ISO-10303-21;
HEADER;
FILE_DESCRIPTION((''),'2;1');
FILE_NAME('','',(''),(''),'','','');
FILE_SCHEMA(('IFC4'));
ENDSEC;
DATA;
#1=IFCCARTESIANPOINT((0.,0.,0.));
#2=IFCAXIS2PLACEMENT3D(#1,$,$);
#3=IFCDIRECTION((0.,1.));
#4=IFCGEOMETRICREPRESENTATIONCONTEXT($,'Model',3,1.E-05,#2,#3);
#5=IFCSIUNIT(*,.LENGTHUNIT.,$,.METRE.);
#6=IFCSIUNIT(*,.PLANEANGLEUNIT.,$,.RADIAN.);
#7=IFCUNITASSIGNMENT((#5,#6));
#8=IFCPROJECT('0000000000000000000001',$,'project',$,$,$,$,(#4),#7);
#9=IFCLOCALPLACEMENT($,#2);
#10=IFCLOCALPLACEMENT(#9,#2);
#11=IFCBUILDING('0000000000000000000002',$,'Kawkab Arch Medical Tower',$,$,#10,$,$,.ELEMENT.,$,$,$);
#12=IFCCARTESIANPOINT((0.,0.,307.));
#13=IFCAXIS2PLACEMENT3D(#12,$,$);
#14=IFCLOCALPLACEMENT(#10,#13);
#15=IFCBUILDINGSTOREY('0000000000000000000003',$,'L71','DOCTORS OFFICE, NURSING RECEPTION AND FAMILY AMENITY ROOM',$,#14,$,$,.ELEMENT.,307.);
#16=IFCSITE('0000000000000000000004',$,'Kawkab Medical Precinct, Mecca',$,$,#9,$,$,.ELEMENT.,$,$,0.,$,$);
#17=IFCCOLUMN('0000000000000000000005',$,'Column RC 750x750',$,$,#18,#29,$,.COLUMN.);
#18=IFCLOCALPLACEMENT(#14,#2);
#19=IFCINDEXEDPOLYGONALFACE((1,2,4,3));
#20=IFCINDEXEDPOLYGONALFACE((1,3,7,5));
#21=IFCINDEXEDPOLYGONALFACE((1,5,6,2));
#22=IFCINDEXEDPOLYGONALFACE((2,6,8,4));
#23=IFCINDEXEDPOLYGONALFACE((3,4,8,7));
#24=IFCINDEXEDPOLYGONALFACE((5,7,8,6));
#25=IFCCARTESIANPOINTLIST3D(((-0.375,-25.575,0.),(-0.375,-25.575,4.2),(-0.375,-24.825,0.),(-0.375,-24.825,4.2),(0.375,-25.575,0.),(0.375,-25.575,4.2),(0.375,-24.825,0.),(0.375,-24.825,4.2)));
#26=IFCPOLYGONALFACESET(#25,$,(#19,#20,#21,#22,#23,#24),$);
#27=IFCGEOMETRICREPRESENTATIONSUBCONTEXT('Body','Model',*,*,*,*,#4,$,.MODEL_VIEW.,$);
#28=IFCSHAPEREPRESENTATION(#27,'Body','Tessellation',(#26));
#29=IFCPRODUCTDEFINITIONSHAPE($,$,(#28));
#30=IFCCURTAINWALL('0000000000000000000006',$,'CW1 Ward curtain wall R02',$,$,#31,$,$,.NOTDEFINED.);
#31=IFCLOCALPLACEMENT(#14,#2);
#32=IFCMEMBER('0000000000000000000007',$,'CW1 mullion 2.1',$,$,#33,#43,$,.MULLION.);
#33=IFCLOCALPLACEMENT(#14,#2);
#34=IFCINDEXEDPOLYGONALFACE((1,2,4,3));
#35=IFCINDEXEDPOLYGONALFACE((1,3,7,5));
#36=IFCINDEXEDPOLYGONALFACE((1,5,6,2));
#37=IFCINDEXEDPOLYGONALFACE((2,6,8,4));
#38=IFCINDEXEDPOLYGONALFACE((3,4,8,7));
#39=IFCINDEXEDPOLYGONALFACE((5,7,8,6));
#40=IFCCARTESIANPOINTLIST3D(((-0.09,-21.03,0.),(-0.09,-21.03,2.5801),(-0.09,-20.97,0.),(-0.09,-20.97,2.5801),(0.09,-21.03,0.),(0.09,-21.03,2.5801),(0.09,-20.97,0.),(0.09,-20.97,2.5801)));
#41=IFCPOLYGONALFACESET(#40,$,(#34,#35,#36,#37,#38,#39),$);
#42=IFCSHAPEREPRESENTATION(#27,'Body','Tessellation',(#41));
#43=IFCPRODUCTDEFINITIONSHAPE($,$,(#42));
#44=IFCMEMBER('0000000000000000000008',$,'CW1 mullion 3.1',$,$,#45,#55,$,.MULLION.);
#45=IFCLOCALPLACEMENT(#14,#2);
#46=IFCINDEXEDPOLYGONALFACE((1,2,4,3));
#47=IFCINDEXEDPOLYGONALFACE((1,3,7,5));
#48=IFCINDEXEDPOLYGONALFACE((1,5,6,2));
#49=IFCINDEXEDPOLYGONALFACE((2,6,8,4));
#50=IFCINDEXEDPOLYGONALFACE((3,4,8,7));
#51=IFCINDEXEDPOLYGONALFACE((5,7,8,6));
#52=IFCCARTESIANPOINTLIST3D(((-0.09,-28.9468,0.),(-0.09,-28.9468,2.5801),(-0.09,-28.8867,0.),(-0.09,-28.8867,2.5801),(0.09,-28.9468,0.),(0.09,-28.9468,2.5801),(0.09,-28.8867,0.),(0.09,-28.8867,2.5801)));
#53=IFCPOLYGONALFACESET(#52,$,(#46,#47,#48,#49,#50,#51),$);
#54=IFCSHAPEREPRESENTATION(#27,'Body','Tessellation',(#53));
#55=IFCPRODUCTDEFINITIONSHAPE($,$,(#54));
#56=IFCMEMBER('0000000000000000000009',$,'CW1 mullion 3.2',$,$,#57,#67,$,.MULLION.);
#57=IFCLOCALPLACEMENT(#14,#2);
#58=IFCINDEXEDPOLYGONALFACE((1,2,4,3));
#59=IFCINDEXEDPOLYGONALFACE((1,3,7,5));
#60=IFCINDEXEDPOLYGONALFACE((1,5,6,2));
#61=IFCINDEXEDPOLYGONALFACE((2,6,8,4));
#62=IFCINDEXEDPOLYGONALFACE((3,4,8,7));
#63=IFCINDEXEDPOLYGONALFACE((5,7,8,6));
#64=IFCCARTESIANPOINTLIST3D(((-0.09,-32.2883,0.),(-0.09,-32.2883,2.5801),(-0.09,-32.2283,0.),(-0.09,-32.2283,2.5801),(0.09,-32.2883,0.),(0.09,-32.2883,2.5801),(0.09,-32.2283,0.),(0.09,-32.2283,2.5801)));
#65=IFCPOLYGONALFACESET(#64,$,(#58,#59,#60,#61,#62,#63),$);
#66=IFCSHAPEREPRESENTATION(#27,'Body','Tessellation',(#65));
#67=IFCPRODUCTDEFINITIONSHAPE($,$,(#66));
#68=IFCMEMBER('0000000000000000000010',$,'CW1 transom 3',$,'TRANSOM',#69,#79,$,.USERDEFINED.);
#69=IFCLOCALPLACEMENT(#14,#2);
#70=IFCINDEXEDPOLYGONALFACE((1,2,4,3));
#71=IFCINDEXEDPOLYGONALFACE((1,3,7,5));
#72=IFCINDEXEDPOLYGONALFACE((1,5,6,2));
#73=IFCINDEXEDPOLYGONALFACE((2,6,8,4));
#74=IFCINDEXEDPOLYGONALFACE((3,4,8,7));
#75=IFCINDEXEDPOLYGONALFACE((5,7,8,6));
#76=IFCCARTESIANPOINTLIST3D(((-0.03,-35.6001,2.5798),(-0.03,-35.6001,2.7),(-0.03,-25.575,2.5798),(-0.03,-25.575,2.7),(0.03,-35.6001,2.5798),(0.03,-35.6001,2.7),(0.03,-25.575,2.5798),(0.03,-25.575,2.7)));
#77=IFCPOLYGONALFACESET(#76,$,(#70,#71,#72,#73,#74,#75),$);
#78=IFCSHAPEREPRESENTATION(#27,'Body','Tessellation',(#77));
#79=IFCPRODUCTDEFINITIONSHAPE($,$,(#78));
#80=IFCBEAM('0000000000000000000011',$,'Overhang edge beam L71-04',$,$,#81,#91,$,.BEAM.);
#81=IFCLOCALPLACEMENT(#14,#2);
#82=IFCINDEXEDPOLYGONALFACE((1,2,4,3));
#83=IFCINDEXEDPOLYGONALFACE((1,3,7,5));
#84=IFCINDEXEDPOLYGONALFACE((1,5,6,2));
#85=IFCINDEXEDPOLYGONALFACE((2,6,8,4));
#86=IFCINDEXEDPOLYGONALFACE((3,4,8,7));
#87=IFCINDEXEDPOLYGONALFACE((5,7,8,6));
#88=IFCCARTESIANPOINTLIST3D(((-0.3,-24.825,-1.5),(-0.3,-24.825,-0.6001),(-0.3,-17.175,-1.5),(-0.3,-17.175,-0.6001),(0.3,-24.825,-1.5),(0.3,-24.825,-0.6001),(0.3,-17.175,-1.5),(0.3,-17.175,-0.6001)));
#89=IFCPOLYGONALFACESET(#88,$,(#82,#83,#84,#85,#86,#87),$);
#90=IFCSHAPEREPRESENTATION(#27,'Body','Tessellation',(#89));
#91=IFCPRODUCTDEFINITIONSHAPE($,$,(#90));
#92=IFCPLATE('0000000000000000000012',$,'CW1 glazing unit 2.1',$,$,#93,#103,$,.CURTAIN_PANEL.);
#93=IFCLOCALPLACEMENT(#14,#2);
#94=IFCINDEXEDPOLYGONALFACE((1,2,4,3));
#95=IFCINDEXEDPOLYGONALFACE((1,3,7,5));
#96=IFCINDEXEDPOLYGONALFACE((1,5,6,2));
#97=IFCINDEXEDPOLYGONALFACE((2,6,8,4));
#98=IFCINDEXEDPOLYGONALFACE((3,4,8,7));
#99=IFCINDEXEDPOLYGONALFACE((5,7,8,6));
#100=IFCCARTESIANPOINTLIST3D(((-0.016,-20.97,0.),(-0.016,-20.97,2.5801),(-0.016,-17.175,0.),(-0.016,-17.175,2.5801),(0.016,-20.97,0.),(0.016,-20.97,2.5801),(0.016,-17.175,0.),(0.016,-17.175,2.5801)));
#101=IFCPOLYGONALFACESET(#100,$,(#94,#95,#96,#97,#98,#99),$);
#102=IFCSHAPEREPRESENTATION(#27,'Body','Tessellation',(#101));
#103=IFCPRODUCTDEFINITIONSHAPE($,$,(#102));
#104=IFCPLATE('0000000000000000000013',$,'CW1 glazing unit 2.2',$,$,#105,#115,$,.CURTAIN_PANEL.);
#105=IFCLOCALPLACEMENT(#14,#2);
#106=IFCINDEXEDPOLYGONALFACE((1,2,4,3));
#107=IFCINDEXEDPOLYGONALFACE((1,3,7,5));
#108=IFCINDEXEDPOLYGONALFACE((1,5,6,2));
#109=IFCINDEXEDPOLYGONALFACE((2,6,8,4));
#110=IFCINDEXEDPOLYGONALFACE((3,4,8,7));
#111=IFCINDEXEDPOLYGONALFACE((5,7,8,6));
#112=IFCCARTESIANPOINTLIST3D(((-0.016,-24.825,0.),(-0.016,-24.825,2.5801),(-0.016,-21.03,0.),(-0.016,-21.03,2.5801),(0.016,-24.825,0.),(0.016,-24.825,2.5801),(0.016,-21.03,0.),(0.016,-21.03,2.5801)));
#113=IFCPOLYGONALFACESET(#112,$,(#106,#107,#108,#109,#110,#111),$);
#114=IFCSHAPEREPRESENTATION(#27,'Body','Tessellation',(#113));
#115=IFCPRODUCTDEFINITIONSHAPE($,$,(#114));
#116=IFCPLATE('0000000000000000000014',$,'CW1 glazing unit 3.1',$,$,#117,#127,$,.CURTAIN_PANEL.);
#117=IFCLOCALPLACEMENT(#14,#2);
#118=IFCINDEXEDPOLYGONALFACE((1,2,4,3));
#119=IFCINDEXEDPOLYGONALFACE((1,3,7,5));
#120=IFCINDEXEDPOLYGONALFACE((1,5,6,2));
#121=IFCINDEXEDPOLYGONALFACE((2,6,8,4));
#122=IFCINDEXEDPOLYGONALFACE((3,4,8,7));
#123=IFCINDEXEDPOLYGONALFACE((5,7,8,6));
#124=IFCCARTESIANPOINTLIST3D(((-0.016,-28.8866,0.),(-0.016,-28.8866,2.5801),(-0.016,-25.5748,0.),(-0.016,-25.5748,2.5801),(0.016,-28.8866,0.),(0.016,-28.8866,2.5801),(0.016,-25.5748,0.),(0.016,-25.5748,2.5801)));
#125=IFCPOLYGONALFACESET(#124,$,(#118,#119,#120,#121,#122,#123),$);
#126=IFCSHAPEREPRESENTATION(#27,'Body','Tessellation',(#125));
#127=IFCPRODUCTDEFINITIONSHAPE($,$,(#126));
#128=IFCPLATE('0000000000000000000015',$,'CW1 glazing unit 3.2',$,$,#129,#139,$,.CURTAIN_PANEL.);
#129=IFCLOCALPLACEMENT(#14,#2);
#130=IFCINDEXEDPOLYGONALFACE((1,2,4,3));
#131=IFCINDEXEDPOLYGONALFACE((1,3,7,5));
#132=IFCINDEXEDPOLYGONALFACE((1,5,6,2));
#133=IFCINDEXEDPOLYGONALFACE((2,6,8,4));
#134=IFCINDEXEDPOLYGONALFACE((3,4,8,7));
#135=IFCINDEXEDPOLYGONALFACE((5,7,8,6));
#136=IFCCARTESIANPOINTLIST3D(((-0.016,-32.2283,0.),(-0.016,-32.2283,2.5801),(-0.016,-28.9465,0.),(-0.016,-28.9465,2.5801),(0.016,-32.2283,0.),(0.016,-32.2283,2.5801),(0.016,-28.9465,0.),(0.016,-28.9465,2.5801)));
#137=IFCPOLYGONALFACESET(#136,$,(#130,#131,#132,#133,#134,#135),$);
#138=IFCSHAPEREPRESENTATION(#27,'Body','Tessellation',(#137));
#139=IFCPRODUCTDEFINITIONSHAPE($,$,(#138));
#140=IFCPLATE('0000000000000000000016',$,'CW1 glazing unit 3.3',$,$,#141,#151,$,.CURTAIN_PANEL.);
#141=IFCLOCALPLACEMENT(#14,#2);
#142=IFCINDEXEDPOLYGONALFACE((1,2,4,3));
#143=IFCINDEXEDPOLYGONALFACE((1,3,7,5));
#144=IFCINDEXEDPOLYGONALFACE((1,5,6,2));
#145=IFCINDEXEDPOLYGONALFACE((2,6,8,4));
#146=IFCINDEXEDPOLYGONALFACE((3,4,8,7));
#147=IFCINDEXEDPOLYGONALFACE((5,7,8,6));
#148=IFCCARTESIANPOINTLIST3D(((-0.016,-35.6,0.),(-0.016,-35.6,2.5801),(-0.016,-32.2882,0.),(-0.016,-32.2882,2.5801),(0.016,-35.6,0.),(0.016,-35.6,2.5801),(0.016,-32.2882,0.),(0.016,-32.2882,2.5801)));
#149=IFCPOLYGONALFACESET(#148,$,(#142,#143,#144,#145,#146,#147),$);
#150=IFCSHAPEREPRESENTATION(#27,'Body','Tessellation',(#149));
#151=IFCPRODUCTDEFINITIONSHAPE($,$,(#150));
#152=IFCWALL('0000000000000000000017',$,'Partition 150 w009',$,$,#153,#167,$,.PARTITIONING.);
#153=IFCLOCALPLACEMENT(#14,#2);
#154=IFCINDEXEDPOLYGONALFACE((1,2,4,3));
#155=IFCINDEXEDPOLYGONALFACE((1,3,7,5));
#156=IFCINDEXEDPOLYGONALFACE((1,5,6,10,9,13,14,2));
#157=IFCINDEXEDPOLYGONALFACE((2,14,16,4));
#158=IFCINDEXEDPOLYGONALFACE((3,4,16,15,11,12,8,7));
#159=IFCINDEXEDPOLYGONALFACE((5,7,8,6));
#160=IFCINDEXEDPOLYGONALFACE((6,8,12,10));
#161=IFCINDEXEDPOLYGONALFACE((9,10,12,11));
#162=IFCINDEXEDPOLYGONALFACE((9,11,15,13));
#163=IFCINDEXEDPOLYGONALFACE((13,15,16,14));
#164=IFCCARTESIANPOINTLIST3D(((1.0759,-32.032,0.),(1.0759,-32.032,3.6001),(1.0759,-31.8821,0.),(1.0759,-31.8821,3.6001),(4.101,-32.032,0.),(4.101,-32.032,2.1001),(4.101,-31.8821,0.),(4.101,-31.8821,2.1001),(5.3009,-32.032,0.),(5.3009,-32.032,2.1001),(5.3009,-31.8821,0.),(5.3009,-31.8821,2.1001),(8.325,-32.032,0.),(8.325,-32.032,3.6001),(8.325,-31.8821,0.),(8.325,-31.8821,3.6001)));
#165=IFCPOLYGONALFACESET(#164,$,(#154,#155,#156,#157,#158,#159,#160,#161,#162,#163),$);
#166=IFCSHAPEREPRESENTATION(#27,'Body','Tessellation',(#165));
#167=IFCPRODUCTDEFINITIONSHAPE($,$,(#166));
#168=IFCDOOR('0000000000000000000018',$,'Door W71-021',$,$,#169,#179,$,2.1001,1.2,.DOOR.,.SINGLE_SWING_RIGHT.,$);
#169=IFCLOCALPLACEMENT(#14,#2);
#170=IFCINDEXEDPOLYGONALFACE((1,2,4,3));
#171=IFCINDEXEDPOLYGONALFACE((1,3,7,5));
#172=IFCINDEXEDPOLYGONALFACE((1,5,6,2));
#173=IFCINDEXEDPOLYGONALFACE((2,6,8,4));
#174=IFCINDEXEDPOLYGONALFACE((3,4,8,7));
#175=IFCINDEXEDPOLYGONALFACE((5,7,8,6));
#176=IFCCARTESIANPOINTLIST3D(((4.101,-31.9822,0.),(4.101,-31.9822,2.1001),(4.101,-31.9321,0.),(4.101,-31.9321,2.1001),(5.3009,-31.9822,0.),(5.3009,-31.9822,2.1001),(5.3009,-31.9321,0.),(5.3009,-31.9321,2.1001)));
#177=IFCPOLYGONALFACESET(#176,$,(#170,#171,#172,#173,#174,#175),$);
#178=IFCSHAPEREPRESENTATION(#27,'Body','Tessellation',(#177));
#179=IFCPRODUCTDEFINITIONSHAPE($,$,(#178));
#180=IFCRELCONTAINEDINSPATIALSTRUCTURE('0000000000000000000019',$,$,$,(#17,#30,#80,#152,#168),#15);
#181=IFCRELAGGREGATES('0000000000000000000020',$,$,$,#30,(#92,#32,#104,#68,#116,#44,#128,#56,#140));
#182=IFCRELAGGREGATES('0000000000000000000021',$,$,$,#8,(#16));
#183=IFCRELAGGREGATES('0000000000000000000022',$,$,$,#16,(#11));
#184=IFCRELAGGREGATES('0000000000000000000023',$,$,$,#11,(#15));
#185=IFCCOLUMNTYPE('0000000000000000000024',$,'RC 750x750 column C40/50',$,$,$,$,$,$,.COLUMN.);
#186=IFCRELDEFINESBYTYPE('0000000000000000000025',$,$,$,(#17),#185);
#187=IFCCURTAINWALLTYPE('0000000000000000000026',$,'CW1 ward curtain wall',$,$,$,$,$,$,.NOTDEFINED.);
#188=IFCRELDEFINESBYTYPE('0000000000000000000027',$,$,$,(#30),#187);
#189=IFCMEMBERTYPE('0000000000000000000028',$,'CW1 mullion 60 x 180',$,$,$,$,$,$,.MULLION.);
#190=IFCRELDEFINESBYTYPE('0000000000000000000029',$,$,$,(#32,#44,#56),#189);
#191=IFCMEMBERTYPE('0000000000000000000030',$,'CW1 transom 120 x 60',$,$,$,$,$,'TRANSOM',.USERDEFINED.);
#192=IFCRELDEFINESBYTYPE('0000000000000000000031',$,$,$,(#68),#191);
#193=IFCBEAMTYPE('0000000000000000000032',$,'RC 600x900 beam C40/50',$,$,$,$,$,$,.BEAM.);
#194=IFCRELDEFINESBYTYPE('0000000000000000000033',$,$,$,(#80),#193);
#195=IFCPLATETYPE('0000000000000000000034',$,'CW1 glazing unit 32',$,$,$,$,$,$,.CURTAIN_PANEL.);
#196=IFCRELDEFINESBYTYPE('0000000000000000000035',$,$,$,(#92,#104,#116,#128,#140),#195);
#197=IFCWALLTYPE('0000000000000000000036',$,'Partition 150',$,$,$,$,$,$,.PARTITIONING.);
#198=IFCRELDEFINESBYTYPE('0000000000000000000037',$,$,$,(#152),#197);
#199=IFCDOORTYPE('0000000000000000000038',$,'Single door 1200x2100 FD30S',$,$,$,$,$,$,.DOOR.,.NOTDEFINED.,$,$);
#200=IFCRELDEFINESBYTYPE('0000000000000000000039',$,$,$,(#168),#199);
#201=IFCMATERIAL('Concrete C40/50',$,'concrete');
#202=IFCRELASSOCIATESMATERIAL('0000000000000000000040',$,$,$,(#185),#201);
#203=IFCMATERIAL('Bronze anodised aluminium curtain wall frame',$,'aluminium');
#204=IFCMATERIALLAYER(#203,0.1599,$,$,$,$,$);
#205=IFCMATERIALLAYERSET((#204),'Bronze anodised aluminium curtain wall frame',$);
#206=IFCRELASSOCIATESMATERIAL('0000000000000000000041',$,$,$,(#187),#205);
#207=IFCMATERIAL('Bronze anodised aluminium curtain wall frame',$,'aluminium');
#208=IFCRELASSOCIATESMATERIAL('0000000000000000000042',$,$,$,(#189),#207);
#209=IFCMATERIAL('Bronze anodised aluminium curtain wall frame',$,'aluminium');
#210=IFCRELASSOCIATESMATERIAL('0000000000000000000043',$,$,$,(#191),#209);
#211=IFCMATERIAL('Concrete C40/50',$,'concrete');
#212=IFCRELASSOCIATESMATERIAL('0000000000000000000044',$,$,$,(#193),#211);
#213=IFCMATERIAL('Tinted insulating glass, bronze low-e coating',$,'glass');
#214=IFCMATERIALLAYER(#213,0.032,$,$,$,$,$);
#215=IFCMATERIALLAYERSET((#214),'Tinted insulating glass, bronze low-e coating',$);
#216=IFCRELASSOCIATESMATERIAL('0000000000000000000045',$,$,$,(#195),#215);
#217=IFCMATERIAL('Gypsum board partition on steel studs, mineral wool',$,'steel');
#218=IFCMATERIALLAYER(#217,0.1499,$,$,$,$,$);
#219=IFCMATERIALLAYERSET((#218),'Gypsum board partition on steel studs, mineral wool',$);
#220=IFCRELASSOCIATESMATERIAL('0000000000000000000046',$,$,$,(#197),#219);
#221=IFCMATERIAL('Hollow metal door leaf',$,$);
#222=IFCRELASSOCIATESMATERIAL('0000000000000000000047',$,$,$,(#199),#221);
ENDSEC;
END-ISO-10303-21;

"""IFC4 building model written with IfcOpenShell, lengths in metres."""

from ifc_helpers import new_model, si_unit, direction, frame, frame_2d, origin, origin_2d, place, context, subcontext, project, spatial, rectangle, extrude, material, layer, layer_set, material_profile, profile_set, type_object, element, fill, aggregate, save


model = new_model("IFC4")

# Units and contexts
model_context = context("Model", 3, precision=1e-05, world=origin(), true_north=direction((0.0, 1.0)))
body_context = subcontext(model_context, "Body", "Model", "MODEL_VIEW")
ifc_project = project(units=[si_unit("LENGTHUNIT", "METRE"), si_unit("PLANEANGLEUNIT", "RADIAN")], contexts=[model_context])

# Site, building, storey
site_placement = place(None, origin())
site = spatial("IfcSite", under=ifc_project, at=site_placement, Name="Kawkab Medical Precinct, Mecca", CompositionType="ELEMENT", RefElevation=0.0)
building_placement = place(site_placement, origin())
building = spatial("IfcBuilding", under=site, at=building_placement, Name="Kawkab Arch Medical Tower", CompositionType="ELEMENT")
storey_placement = place(building_placement, frame((0.0, 0.0, 307.0)))
storey = spatial("IfcBuildingStorey", under=building, at=storey_placement, Name="L71", Description="DOCTORS OFFICE, NURSING RECEPTION AND FAMILY AMENITY ROOM", CompositionType="ELEMENT", Elevation=307.0)

# Column
ifc_material_1 = material(Name="Concrete C40/50", Category="concrete")
ifc_material_profile_1 = material_profile(ifc_material_1, rectangle(XDim=0.75, YDim=0.75, at=origin_2d()), Name="RC 750x750")
ifc_profile_set_1 = profile_set([ifc_material_profile_1], Name="Concrete C40/50")
column_type = type_object("IfcColumnType", Name="RC 750x750 column C40/50", PredefinedType="COLUMN", material=ifc_profile_set_1)
column_placement = place(storey_placement, frame((0.0, -25.2, 0.0), z_axis=(0.0, 0.0, 1.0), x_axis=(1.0, 0.0, 0.0)))
element("IfcColumn", 1, at=column_placement, inside=storey, type_object=column_type, Name="Column RC 750x750", PredefinedType="COLUMN", context=body_context, shape_type="SweptSolid", body=[
    extrude(rectangle(XDim=0.75, YDim=0.75, at=origin_2d()), origin(), (0.0, 0.0, 1.0), 4.2),
])

# Curtain wall, members
ifc_material_2 = material(Name="Bronze anodised aluminium curtain wall frame", Category="aluminium")
ifc_layer_1 = layer(ifc_material_2, 0.1599)
ifc_layer_set_1 = layer_set([ifc_layer_1], Name="Bronze anodised aluminium curtain wall frame")
curtain_wall_type = type_object("IfcCurtainWallType", Name="CW1 ward curtain wall", PredefinedType="NOTDEFINED", material=ifc_layer_set_1)
curtain_wall_placement = place(storey_placement, origin())
curtain_wall = element("IfcCurtainWall", 2, at=curtain_wall_placement, inside=storey, type_object=curtain_wall_type, Name="CW1 Ward curtain wall R02", PredefinedType="NOTDEFINED")
ifc_material_3 = material(Name="Bronze anodised aluminium curtain wall frame", Category="aluminium")
ifc_material_profile_2 = material_profile(ifc_material_3, rectangle(XDim=0.1799, YDim=0.0601, at=origin_2d()), Name="AL 60x180")
ifc_profile_set_2 = profile_set([ifc_material_profile_2], Name="Bronze anodised aluminium curtain wall frame")
member_type_1 = type_object("IfcMemberType", Name="CW1 mullion 60 x 180", PredefinedType="MULLION", material=ifc_profile_set_2)
member_1_placement = place(storey_placement, frame((0.0, -21.0, 0.0), z_axis=(0.0, 0.0, 1.0), x_axis=(1.0, 0.0, 0.0)))
member_1 = element("IfcMember", 3, at=member_1_placement, type_object=member_type_1, Name="CW1 mullion 2.1", PredefinedType="MULLION", context=body_context, shape_type="SweptSolid", body=[
    extrude(rectangle(XDim=0.1799, YDim=0.0601, at=origin_2d()), origin(), (0.0, 0.0, 1.0), 2.5801),
])
member_2_placement = place(storey_placement, frame((0.0, -28.9167, 0.0), z_axis=(0.0, 0.0, 1.0), x_axis=(1.0, 0.0, 0.0)))
member_2 = element("IfcMember", 4, at=member_2_placement, type_object=member_type_1, Name="CW1 mullion 3.1", PredefinedType="MULLION", context=body_context, shape_type="SweptSolid", body=[
    extrude(rectangle(XDim=0.1799, YDim=0.0601, at=origin_2d()), origin(), (0.0, 0.0, 1.0), 2.5801),
])
member_3_placement = place(storey_placement, frame((0.0, -32.2583, 0.0), z_axis=(0.0, 0.0, 1.0), x_axis=(1.0, 0.0, 0.0)))
member_3 = element("IfcMember", 5, at=member_3_placement, type_object=member_type_1, Name="CW1 mullion 3.2", PredefinedType="MULLION", context=body_context, shape_type="SweptSolid", body=[
    extrude(rectangle(XDim=0.1799, YDim=0.0601, at=origin_2d()), origin(), (0.0, 0.0, 1.0), 2.5801),
])
ifc_material_4 = material(Name="Bronze anodised aluminium curtain wall frame", Category="aluminium")
ifc_material_profile_3 = material_profile(ifc_material_4, rectangle(XDim=0.0601, YDim=0.1201, at=origin_2d()), Name="AL 60x120")
ifc_profile_set_3 = profile_set([ifc_material_profile_3], Name="Bronze anodised aluminium curtain wall frame")
member_type_2 = type_object("IfcMemberType", Name="CW1 transom 120 x 60", ElementType="TRANSOM", PredefinedType="USERDEFINED", material=ifc_profile_set_3)
member_4_placement = place(storey_placement, frame((0.0, -25.575, 2.6399), z_axis=(0.0, -1.0, 0.0), x_axis=(1.0, 0.0, 0.0)))
member_4 = element("IfcMember", 6, at=member_4_placement, type_object=member_type_2, Name="CW1 transom 3", ObjectType="TRANSOM", PredefinedType="USERDEFINED", context=body_context, shape_type="SweptSolid", body=[
    extrude(rectangle(XDim=0.0601, YDim=0.1201, at=origin_2d()), origin(), (0.0, 0.0, 1.0), 10.0251),
])

# Beam
ifc_material_5 = material(Name="Concrete C40/50", Category="concrete")
ifc_material_profile_4 = material_profile(ifc_material_5, rectangle(XDim=0.6001, YDim=0.8999, at=origin_2d()), Name="RC 600x900")
ifc_profile_set_4 = profile_set([ifc_material_profile_4], Name="Concrete C40/50")
beam_type = type_object("IfcBeamType", Name="RC 600x900 beam C40/50", PredefinedType="BEAM", material=ifc_profile_set_4)
beam_placement = place(storey_placement, frame((0.0, -24.825, -1.05), z_axis=(0.0, 1.0, 0.0), x_axis=(-1.0, 0.0, 0.0)))
element("IfcBeam", 7, at=beam_placement, inside=storey, type_object=beam_type, Name="Overhang edge beam L71-04", PredefinedType="BEAM", context=body_context, shape_type="SweptSolid", body=[
    extrude(rectangle(XDim=0.6001, YDim=0.8999, at=origin_2d()), origin(), (0.0, 0.0, 1.0), 7.6499),
])

# Plates
ifc_material_6 = material(Name="Tinted insulating glass, bronze low-e coating", Category="glass")
ifc_layer_2 = layer(ifc_material_6, 0.032)
ifc_layer_set_2 = layer_set([ifc_layer_2], Name="Tinted insulating glass, bronze low-e coating")
plate_type = type_object("IfcPlateType", Name="CW1 glazing unit 32", PredefinedType="CURTAIN_PANEL", material=ifc_layer_set_2)
plate_1_placement = place(storey_placement, frame((0.0, -19.0725, 0.0), z_axis=(0.0, 0.0, 1.0), x_axis=(0.0, -1.0, 0.0)))
plate_1 = element("IfcPlate", 8, at=plate_1_placement, type_object=plate_type, Name="CW1 glazing unit 2.1", PredefinedType="CURTAIN_PANEL", context=body_context, shape_type="SweptSolid", body=[
    extrude(rectangle(XDim=3.7949, YDim=0.032, at=origin_2d()), origin(), (0.0, 0.0, 1.0), 2.5801),
])
plate_2_placement = place(storey_placement, frame((0.0, -22.9275, 0.0), z_axis=(0.0, 0.0, 1.0), x_axis=(0.0, -1.0, 0.0)))
plate_2 = element("IfcPlate", 9, at=plate_2_placement, type_object=plate_type, Name="CW1 glazing unit 2.2", PredefinedType="CURTAIN_PANEL", context=body_context, shape_type="SweptSolid", body=[
    extrude(rectangle(XDim=3.7949, YDim=0.032, at=origin_2d()), origin(), (0.0, 0.0, 1.0), 2.5801),
])
plate_3_placement = place(storey_placement, frame((0.0, -27.2307, 0.0), z_axis=(0.0, 0.0, 1.0), x_axis=(0.0, -1.0, 0.0)))
plate_3 = element("IfcPlate", 10, at=plate_3_placement, type_object=plate_type, Name="CW1 glazing unit 3.1", PredefinedType="CURTAIN_PANEL", context=body_context, shape_type="SweptSolid", body=[
    extrude(rectangle(XDim=3.3118, YDim=0.032, at=origin_2d()), origin(), (0.0, 0.0, 1.0), 2.5801),
])
plate_4_placement = place(storey_placement, frame((0.0, -30.5874, 0.0), z_axis=(0.0, 0.0, 1.0), x_axis=(0.0, -1.0, 0.0)))
plate_4 = element("IfcPlate", 11, at=plate_4_placement, type_object=plate_type, Name="CW1 glazing unit 3.2", PredefinedType="CURTAIN_PANEL", context=body_context, shape_type="SweptSolid", body=[
    extrude(rectangle(XDim=3.2817, YDim=0.032, at=origin_2d()), origin(), (0.0, 0.0, 1.0), 2.5801),
])
plate_5_placement = place(storey_placement, frame((0.0, -33.9441, 0.0), z_axis=(0.0, 0.0, 1.0), x_axis=(0.0, -1.0, 0.0)))
plate_5 = element("IfcPlate", 12, at=plate_5_placement, type_object=plate_type, Name="CW1 glazing unit 3.3", PredefinedType="CURTAIN_PANEL", context=body_context, shape_type="SweptSolid", body=[
    extrude(rectangle(XDim=3.3118, YDim=0.032, at=origin_2d()), origin(), (0.0, 0.0, 1.0), 2.5801),
])
aggregate(curtain_wall, [plate_1, member_1, plate_2, member_4, plate_3, member_2, plate_4, member_3, plate_5])

# Wall, opening, door
ifc_material_7 = material(Name="Gypsum board partition on steel studs, mineral wool", Category="steel")
ifc_layer_3 = layer(ifc_material_7, 0.1499)
ifc_layer_set_3 = layer_set([ifc_layer_3], Name="Gypsum board partition on steel studs, mineral wool")
wall_type_1 = type_object("IfcWallType", Name="Partition 150", PredefinedType="PARTITIONING", material=ifc_layer_set_3)
wall_1_placement = place(storey_placement, frame((1.0759, -31.957, 0.0), z_axis=(0.0, 0.0, 1.0), x_axis=(1.0, 0.0, 0.0)))
wall_1 = element("IfcWall", 13, at=wall_1_placement, inside=storey, type_object=wall_type_1, Name="Partition 150 w009", PredefinedType="PARTITIONING", context=body_context, shape_type="SweptSolid", body=[
    extrude(rectangle(XDim=7.249, YDim=0.1499, at=frame_2d((3.6245, 0.0))), origin(), (0.0, 0.0, 1.0), 3.6001),
])
opening_placement = place(wall_1_placement, frame((3.0249, 0.0, 0.0)))
opening = element("IfcOpeningElement", 14, at=opening_placement, cuts=wall_1, PredefinedType="OPENING", context=body_context, shape_type="SweptSolid", body=[
    extrude(rectangle(XDim=1.2, YDim=2.1001, at=frame_2d((0.6001, 1.05))), frame((0.0, 0.085, 0.0), z_axis=(0.0, -1.0, 0.0), x_axis=(1.0, 0.0, 0.0)), (0.0, 0.0, 1.0), 0.1699),
])
ifc_material_8 = material(Name="Hollow metal door leaf")
door_type = type_object("IfcDoorType", Name="Single door 1200x2100 FD30S", OperationType="NOTDEFINED", PredefinedType="DOOR", material=ifc_material_8)
door_placement = place(opening_placement, origin())
door = element("IfcDoor", 15, at=door_placement, inside=storey, type_object=door_type, Name="Door W71-021", OperationType="SINGLE_SWING_RIGHT", OverallHeight=2.1001, OverallWidth=1.2, PredefinedType="DOOR", context=body_context, shape_type="SweptSolid", body=[
    extrude(rectangle(XDim=1.2, YDim=2.1001, at=frame_2d((0.6001, 1.05))), frame((0.0, 0.0249, 0.0), z_axis=(0.0, -1.0, 0.0), x_axis=(1.0, 0.0, 0.0)), (0.0, 0.0, 1.0), 0.05),
])
fill(opening, door)

save(model, "model.ifc")
